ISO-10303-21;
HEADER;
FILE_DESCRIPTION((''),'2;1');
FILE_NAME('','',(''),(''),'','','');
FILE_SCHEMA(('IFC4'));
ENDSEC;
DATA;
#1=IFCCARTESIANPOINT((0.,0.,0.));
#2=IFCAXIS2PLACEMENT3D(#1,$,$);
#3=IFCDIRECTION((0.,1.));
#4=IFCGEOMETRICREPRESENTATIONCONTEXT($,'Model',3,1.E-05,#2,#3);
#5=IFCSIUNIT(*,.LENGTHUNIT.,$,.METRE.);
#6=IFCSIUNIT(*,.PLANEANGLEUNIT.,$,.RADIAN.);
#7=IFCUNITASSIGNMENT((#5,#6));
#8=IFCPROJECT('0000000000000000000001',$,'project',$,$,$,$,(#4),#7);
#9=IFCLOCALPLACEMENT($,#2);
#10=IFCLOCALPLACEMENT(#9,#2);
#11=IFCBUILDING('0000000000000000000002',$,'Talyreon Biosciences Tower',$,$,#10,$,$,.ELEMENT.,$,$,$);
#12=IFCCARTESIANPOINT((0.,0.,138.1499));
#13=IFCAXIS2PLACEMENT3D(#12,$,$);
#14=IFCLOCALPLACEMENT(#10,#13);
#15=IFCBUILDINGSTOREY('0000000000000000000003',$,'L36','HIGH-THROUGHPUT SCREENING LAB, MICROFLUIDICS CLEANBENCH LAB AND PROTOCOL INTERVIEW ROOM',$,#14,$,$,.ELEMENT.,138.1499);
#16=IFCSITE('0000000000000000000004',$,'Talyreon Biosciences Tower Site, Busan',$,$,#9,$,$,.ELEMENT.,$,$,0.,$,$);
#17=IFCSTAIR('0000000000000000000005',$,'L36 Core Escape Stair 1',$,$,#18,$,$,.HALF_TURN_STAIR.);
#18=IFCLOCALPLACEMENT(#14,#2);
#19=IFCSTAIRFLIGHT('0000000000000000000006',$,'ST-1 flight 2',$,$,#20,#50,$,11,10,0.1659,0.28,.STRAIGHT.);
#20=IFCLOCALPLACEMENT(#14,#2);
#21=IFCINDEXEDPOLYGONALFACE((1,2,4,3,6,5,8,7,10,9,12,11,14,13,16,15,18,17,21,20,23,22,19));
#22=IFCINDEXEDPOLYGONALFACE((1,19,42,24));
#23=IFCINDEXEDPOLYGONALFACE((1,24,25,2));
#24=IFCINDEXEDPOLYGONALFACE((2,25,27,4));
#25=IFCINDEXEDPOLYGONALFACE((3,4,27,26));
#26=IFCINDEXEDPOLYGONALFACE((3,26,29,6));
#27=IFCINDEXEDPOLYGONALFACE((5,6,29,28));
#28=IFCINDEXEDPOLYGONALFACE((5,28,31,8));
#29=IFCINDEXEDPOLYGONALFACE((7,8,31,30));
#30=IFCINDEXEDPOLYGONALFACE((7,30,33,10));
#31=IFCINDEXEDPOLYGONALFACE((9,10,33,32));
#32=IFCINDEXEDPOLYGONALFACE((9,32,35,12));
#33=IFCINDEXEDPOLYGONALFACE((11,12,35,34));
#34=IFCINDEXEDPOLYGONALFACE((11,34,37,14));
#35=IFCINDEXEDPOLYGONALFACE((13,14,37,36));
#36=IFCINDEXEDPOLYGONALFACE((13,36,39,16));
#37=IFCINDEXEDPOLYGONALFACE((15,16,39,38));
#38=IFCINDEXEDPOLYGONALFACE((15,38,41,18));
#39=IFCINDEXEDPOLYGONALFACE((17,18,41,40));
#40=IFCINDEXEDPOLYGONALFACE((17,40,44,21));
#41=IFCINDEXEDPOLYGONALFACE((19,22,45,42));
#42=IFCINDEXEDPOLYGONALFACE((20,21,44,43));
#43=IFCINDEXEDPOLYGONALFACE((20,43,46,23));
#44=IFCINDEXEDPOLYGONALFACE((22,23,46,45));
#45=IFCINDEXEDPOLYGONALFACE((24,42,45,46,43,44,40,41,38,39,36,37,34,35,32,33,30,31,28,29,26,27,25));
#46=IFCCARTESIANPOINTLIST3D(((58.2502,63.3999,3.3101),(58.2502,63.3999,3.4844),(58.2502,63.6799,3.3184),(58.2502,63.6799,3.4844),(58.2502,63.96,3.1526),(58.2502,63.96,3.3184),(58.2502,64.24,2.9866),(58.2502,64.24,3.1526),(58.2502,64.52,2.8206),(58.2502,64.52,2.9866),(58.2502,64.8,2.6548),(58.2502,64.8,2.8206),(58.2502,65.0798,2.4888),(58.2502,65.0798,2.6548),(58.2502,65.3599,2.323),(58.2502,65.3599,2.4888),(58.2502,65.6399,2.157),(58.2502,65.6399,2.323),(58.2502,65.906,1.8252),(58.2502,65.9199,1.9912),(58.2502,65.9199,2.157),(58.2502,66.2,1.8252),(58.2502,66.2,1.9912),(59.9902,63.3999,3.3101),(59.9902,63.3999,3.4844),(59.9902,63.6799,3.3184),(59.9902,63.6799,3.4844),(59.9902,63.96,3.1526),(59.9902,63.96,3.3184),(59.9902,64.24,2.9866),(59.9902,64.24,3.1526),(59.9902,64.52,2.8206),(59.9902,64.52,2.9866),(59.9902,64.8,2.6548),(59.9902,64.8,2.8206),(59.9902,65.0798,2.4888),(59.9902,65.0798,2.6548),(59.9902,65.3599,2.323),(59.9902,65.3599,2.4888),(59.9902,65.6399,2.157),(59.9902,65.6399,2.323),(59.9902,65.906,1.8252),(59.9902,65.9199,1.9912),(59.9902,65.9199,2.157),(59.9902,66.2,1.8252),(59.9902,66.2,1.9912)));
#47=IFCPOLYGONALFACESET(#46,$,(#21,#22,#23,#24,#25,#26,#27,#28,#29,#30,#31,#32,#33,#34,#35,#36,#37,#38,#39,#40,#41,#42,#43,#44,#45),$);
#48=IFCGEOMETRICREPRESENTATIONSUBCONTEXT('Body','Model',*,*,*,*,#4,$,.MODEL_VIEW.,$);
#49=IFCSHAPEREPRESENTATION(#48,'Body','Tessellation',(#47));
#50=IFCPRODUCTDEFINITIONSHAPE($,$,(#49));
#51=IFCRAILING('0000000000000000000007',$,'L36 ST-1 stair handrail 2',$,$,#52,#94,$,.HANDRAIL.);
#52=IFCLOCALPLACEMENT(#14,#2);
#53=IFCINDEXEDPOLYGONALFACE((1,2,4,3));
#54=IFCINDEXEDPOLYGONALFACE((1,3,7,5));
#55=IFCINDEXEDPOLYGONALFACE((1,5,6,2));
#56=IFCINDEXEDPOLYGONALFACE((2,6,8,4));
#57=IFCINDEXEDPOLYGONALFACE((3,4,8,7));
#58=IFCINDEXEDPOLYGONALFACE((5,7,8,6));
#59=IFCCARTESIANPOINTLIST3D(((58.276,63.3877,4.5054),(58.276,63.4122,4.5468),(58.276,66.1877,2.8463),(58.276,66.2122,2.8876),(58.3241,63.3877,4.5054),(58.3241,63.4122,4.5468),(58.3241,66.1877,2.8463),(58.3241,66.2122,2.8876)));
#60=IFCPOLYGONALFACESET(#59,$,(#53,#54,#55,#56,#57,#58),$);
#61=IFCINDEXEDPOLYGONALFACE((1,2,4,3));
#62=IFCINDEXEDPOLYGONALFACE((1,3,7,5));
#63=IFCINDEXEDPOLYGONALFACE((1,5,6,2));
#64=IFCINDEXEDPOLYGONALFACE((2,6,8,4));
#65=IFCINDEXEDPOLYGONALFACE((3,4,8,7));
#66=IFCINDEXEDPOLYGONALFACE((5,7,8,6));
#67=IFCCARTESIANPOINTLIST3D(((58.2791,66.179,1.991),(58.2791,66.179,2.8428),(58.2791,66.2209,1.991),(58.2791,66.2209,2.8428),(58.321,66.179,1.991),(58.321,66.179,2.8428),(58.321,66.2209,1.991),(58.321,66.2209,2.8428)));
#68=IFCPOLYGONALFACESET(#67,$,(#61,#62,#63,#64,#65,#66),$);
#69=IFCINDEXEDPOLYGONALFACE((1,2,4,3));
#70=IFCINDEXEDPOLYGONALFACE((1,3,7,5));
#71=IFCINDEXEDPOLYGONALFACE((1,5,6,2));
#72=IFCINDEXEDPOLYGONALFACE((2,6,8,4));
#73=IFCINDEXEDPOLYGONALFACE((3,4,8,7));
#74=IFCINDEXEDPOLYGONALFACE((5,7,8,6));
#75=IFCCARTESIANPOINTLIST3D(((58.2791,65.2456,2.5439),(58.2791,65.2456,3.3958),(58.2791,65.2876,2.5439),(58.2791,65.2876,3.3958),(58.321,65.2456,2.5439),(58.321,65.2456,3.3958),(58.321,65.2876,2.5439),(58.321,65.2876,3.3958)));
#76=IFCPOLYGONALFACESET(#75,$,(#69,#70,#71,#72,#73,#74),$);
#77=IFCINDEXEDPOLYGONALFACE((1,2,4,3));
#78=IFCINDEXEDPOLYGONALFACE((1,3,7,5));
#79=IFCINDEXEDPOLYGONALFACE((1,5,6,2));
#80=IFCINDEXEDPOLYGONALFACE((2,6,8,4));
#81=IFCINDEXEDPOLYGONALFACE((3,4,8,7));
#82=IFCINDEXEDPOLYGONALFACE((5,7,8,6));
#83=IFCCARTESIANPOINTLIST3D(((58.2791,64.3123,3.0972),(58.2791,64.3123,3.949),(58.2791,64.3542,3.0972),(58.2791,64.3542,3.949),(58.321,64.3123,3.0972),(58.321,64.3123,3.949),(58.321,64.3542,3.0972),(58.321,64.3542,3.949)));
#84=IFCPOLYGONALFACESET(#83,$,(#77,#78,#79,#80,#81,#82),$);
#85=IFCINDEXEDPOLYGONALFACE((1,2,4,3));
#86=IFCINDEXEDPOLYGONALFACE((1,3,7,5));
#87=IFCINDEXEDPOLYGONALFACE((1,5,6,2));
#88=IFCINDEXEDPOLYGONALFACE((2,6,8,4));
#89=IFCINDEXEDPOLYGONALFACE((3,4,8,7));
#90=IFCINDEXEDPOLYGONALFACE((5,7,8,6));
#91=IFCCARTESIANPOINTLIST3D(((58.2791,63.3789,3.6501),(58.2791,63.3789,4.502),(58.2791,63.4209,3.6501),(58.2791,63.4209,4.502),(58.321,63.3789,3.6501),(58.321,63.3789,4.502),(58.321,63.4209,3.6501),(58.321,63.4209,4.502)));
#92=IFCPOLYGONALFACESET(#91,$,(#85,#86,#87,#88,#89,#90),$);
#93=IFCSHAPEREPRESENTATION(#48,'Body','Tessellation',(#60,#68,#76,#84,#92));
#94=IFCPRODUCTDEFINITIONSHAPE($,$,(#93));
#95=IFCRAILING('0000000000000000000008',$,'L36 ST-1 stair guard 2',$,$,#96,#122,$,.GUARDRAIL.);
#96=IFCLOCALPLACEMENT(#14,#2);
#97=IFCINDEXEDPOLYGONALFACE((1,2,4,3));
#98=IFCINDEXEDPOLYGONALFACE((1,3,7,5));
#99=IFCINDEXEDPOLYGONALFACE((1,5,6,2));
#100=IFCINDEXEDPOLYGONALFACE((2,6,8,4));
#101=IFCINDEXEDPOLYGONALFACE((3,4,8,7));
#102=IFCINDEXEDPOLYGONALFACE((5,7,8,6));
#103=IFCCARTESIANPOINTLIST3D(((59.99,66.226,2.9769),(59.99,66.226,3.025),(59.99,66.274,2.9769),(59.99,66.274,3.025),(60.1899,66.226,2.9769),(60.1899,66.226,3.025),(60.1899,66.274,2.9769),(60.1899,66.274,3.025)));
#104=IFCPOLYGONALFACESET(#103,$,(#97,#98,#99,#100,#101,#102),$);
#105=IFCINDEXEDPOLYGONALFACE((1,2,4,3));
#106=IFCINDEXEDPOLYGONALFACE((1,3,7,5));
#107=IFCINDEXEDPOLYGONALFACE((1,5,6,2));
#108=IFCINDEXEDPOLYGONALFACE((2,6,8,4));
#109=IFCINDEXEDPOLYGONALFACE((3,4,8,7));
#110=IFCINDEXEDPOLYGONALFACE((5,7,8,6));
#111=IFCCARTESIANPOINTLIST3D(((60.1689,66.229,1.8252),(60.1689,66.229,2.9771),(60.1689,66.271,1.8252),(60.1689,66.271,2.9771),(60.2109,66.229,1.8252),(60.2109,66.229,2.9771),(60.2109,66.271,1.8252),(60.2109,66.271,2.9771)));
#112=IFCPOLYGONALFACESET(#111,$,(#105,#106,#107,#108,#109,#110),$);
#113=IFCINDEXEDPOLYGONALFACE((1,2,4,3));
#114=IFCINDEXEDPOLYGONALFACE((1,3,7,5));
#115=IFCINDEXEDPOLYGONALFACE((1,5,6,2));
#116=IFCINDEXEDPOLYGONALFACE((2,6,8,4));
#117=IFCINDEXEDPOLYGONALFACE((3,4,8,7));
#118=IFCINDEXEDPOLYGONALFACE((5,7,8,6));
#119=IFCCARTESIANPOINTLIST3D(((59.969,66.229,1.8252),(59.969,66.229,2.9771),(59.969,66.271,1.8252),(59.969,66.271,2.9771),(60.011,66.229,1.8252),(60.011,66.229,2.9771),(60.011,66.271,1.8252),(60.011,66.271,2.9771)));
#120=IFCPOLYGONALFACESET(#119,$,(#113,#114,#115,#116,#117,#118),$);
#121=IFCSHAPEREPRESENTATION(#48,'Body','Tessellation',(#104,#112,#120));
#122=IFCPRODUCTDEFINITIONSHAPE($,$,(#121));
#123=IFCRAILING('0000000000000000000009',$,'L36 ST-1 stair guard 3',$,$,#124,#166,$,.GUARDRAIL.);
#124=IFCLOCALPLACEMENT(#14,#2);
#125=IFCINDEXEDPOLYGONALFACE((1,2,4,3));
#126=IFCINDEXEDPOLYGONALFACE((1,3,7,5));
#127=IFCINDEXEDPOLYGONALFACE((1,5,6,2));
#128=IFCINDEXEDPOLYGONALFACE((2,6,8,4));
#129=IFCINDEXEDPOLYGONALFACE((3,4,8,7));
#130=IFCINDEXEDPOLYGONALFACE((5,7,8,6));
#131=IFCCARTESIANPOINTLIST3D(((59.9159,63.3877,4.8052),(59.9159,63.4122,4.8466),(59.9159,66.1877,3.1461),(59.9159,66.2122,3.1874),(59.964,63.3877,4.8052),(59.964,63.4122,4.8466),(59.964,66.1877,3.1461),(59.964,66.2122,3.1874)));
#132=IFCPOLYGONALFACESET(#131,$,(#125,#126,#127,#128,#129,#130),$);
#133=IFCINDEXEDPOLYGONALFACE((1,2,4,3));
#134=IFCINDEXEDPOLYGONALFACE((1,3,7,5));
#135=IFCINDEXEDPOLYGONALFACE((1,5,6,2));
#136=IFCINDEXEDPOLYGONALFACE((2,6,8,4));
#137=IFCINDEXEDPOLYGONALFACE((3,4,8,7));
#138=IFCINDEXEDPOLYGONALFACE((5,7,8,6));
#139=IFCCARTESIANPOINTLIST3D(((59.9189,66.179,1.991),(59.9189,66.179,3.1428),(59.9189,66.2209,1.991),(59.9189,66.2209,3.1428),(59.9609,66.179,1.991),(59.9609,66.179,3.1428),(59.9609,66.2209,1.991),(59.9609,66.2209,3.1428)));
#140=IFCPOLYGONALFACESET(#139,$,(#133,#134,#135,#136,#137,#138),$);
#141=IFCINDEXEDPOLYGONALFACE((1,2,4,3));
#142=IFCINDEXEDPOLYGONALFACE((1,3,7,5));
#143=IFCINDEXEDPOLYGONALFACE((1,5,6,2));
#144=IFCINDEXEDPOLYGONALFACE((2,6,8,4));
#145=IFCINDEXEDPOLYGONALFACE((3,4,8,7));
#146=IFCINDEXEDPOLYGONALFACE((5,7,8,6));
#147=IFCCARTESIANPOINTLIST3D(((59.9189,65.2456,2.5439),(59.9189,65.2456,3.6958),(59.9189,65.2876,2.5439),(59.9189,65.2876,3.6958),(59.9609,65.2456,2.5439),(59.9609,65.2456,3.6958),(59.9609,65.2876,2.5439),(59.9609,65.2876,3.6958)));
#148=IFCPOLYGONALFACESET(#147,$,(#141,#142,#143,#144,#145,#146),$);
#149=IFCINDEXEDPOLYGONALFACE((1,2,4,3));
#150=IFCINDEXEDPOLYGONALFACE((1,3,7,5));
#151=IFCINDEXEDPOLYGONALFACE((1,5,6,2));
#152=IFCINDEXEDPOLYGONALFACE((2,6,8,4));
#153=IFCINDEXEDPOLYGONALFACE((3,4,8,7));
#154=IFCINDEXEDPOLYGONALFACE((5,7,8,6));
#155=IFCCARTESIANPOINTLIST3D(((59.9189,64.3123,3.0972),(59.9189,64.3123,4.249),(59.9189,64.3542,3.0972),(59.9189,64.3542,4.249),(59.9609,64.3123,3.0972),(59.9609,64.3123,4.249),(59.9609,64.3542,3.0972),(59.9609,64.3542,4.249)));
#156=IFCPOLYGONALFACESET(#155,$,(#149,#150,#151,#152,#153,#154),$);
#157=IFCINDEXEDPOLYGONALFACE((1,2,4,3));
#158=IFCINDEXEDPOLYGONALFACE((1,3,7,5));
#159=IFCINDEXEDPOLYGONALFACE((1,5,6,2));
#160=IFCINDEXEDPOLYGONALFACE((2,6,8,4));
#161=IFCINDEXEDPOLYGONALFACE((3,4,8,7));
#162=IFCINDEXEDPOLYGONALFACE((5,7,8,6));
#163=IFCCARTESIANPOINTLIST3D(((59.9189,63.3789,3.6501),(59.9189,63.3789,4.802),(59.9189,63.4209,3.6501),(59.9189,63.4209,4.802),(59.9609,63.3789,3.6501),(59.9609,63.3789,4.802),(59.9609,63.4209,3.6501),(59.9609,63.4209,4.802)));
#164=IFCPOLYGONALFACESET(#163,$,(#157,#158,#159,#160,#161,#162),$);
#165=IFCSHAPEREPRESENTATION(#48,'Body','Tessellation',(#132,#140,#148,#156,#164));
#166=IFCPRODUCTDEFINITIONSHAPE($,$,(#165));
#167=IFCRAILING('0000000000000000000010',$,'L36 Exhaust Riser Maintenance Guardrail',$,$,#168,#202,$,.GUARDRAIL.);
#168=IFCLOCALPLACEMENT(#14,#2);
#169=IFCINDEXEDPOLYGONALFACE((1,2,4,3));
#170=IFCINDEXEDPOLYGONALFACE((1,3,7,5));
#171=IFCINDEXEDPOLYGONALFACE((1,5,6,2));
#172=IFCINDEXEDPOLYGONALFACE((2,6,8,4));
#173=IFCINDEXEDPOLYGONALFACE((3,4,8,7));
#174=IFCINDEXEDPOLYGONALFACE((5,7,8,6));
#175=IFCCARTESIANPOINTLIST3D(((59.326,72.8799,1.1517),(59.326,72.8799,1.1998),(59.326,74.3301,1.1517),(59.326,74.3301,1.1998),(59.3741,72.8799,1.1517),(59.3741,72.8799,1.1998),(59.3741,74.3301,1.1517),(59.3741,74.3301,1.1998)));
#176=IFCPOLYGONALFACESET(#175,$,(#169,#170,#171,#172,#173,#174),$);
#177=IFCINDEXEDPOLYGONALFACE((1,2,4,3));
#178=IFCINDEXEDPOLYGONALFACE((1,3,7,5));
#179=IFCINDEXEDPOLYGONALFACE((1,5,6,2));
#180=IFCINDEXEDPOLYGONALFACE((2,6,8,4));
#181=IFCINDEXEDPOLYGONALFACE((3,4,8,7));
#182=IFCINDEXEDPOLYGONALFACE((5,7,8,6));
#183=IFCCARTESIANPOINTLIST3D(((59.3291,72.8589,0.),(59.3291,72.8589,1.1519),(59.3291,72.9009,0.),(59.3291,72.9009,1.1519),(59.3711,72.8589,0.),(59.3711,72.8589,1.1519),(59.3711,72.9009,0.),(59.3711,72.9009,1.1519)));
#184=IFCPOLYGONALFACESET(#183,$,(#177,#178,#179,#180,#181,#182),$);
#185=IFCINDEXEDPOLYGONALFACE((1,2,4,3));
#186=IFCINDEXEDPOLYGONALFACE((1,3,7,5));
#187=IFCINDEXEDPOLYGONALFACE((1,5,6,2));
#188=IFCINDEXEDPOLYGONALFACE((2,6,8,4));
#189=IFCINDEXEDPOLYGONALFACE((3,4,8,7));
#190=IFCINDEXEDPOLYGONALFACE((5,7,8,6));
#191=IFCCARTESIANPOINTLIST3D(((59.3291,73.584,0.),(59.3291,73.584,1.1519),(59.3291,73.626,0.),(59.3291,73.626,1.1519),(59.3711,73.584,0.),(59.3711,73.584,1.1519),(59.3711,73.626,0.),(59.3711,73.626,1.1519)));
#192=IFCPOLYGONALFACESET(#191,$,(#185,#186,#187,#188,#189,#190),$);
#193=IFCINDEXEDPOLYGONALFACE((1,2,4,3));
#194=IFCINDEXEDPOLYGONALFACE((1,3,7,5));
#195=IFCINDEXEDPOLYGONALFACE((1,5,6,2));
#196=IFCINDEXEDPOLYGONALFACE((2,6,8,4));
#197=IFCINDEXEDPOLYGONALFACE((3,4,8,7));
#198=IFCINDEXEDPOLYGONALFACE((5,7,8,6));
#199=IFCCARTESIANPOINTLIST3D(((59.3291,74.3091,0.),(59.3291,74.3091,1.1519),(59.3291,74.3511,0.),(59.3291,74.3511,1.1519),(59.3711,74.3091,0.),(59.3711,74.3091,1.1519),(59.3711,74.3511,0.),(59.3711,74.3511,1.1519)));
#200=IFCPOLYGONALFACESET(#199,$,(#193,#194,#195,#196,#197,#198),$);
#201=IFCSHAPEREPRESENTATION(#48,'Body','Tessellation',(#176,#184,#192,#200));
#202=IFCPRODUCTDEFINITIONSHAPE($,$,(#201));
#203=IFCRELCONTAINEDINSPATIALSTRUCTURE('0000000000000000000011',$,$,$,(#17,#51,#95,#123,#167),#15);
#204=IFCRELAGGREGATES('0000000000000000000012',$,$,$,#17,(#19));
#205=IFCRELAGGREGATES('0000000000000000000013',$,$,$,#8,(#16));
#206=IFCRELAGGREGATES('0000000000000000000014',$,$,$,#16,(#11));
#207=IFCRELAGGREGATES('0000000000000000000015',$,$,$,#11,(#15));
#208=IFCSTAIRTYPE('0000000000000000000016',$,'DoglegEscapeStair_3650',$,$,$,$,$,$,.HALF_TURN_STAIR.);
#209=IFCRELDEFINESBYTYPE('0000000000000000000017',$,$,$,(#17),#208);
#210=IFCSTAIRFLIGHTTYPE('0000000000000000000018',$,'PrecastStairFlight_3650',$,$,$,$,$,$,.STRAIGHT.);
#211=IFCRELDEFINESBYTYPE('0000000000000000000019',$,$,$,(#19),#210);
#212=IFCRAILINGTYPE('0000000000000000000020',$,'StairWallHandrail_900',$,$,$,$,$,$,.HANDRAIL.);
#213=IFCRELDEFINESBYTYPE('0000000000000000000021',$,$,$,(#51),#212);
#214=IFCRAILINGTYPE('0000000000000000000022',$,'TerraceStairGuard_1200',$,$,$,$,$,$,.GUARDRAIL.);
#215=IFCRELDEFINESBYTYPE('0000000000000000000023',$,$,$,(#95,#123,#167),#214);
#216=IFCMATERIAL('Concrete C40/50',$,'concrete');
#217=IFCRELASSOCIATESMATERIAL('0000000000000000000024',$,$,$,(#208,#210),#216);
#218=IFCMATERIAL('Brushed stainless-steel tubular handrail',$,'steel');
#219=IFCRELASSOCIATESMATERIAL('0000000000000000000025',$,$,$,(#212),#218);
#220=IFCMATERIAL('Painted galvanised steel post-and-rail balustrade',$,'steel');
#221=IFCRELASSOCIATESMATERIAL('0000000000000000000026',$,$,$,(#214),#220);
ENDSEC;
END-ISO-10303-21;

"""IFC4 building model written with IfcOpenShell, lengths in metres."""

from ifc_helpers import new_model, si_unit, direction, frame, origin, origin_2d, place, context, subcontext, project, spatial, polyline, rectangle, outline, extrude, material, type_object, element, aggregate, save


model = new_model("IFC4")

# Units and contexts
model_context = context("Model", 3, precision=1e-05, world=origin(), true_north=direction((0.0, 1.0)))
body_context = subcontext(model_context, "Body", "Model", "MODEL_VIEW")
ifc_project = project(units=[si_unit("LENGTHUNIT", "METRE"), si_unit("PLANEANGLEUNIT", "RADIAN")], contexts=[model_context])

# Site, building, storey
site_placement = place(None, origin())
site = spatial("IfcSite", under=ifc_project, at=site_placement, Name="Talyreon Biosciences Tower Site, Busan", CompositionType="ELEMENT", RefElevation=0.0)
building_placement = place(site_placement, origin())
building = spatial("IfcBuilding", under=site, at=building_placement, Name="Talyreon Biosciences Tower", CompositionType="ELEMENT")
storey_placement = place(building_placement, frame((0.0, 0.0, 138.1499)))
storey = spatial("IfcBuildingStorey", under=building, at=storey_placement, Name="L36", Description="HIGH-THROUGHPUT SCREENING LAB, MICROFLUIDICS CLEANBENCH LAB AND PROTOCOL INTERVIEW ROOM", CompositionType="ELEMENT", Elevation=138.1499)

# Stair, stair flight
ifc_material_1 = material(Name="Concrete C40/50", Category="concrete")
stair_type = type_object("IfcStairType", Name="DoglegEscapeStair_3650", PredefinedType="HALF_TURN_STAIR", material=ifc_material_1)
stair_placement = place(storey_placement, origin())
stair = element("IfcStair", 1, at=stair_placement, inside=storey, type_object=stair_type, Name="L36 Core Escape Stair 1", PredefinedType="HALF_TURN_STAIR")
stair_flight_type = type_object("IfcStairFlightType", Name="PrecastStairFlight_3650", PredefinedType="STRAIGHT", material=ifc_material_1)
stair_flight_placement = place(storey_placement, frame((59.1201, 66.2, 1.8252), z_axis=(0.0, 0.0, 1.0), x_axis=(0.0, -1.0, 0.0)))
stair_flight = element("IfcStairFlight", 2, at=stair_flight_placement, type_object=stair_flight_type, Name="ST-1 flight 2", NumberOfRisers=11, NumberOfTreads=10, PredefinedType="STRAIGHT", RiserHeight=0.1659, TreadLength=0.28, context=body_context, shape_type="SweptSolid", body=[
    extrude(outline(polyline([(0.0, 0.0), (0.0, 0.166), (0.28, 0.166), (0.28, 0.3318), (0.5601, 0.3318), (0.5601, 0.4978), (0.8401, 0.4978), (0.8401, 0.6636), (1.1201, 0.6636), (1.1201, 0.8296), (1.3999, 0.8296), (1.3999, 0.9954), (1.6799, 0.9954), (1.6799, 1.1614), (1.96, 1.1614), (1.96, 1.3274), (2.24, 1.3274), (2.24, 1.4932), (2.52, 1.4932), (2.52, 1.6592), (2.8, 1.6592), (2.8, 1.825), (2.8, 1.4849), (0.2939, 0.0), (0.0, 0.0)])), frame((0.0, 0.8701, 0.0), z_axis=(0.0, -1.0, 0.0), x_axis=(1.0, 0.0, 0.0)), (0.0, 0.0, 1.0), 1.74),
])
aggregate(stair, [stair_flight])

# Railings
ifc_material_2 = material(Name="Brushed stainless-steel tubular handrail", Category="steel")
railing_type_1 = type_object("IfcRailingType", Name="StairWallHandrail_900", PredefinedType="HANDRAIL", material=ifc_material_2)
railing_1_placement = place(storey_placement, frame((58.3, 66.2, 1.991)))
element("IfcRailing", 3, at=railing_1_placement, inside=storey, type_object=railing_type_1, Name="L36 ST-1 stair handrail 2", PredefinedType="HANDRAIL", context=body_context, shape_type="SweptSolid", body=[
    extrude(rectangle(XDim=0.0481, YDim=0.0481, at=origin_2d()), frame((0.0, 0.0, 0.876), z_axis=(0.0, -0.860306, 0.509778), x_axis=(1.0, 0.0, 0.0)), (0.0, 0.0, 1.0), 3.2546),
    extrude(rectangle(XDim=0.042, YDim=0.042, at=origin_2d()), origin(), (0.0, 0.0, 1.0), 0.8518),
    extrude(rectangle(XDim=0.042, YDim=0.042, at=origin_2d()), frame((0.0, -0.9333, 0.553)), (0.0, 0.0, 1.0), 0.8518),
    extrude(rectangle(XDim=0.042, YDim=0.042, at=origin_2d()), frame((0.0, -1.8667, 1.1062)), (0.0, 0.0, 1.0), 0.8518),
    extrude(rectangle(XDim=0.042, YDim=0.042, at=origin_2d()), frame((0.0, -2.8, 1.6592)), (0.0, 0.0, 1.0), 0.8518),
])
ifc_material_3 = material(Name="Painted galvanised steel post-and-rail balustrade", Category="steel")
railing_type_2 = type_object("IfcRailingType", Name="TerraceStairGuard_1200", PredefinedType="GUARDRAIL", material=ifc_material_3)
railing_2_placement = place(storey_placement, frame((60.1899, 66.25, 1.8252)))
element("IfcRailing", 4, at=railing_2_placement, inside=storey, type_object=railing_type_2, Name="L36 ST-1 stair guard 2", PredefinedType="GUARDRAIL", context=body_context, shape_type="SweptSolid", body=[
    extrude(rectangle(XDim=0.0481, YDim=0.0481, at=origin_2d()), frame((0.0, 0.0, 1.1758), z_axis=(-1.0, 0.0, 0.0), x_axis=(0.0, -1.0, 0.0)), (0.0, 0.0, 1.0), 0.2),
    extrude(rectangle(XDim=0.042, YDim=0.042, at=origin_2d()), origin(), (0.0, 0.0, 1.0), 1.1519),
    extrude(rectangle(XDim=0.042, YDim=0.042, at=origin_2d()), frame((-0.2, 0.0, 0.0)), (0.0, 0.0, 1.0), 1.1519),
])
railing_3_placement = place(storey_placement, frame((59.9399, 66.2, 1.991)))
element("IfcRailing", 5, at=railing_3_placement, inside=storey, type_object=railing_type_2, Name="L36 ST-1 stair guard 3", PredefinedType="GUARDRAIL", context=body_context, shape_type="SweptSolid", body=[
    extrude(rectangle(XDim=0.0481, YDim=0.0481, at=origin_2d()), frame((0.0, 0.0, 1.1758), z_axis=(0.0, -0.860306, 0.509778), x_axis=(1.0, 0.0, 0.0)), (0.0, 0.0, 1.0), 3.2546),
    extrude(rectangle(XDim=0.042, YDim=0.042, at=origin_2d()), origin(), (0.0, 0.0, 1.0), 1.1519),
    extrude(rectangle(XDim=0.042, YDim=0.042, at=origin_2d()), frame((0.0, -0.9333, 0.553)), (0.0, 0.0, 1.0), 1.1519),
    extrude(rectangle(XDim=0.042, YDim=0.042, at=origin_2d()), frame((0.0, -1.8667, 1.1062)), (0.0, 0.0, 1.0), 1.1519),
    extrude(rectangle(XDim=0.042, YDim=0.042, at=origin_2d()), frame((0.0, -2.8, 1.6592)), (0.0, 0.0, 1.0), 1.1519),
])
railing_4_placement = place(storey_placement, frame((59.3501, 72.8799, 0.0)))
element("IfcRailing", 6, at=railing_4_placement, inside=storey, type_object=railing_type_2, Name="L36 Exhaust Riser Maintenance Guardrail", PredefinedType="GUARDRAIL", context=body_context, shape_type="SweptSolid", body=[
    extrude(rectangle(XDim=0.0481, YDim=0.0481, at=origin_2d()), frame((0.0, 0.0, 1.1758), z_axis=(0.0, 1.0, 0.0), x_axis=(-1.0, 0.0, 0.0)), (0.0, 0.0, 1.0), 1.4502),
    extrude(rectangle(XDim=0.042, YDim=0.042, at=origin_2d()), origin(), (0.0, 0.0, 1.0), 1.1519),
    extrude(rectangle(XDim=0.042, YDim=0.042, at=origin_2d()), frame((0.0, 0.7251, 0.0)), (0.0, 0.0, 1.0), 1.1519),
    extrude(rectangle(XDim=0.042, YDim=0.042, at=origin_2d()), frame((0.0, 1.4502, 0.0)), (0.0, 0.0, 1.0), 1.1519),
])

save(model, "model.ifc")
